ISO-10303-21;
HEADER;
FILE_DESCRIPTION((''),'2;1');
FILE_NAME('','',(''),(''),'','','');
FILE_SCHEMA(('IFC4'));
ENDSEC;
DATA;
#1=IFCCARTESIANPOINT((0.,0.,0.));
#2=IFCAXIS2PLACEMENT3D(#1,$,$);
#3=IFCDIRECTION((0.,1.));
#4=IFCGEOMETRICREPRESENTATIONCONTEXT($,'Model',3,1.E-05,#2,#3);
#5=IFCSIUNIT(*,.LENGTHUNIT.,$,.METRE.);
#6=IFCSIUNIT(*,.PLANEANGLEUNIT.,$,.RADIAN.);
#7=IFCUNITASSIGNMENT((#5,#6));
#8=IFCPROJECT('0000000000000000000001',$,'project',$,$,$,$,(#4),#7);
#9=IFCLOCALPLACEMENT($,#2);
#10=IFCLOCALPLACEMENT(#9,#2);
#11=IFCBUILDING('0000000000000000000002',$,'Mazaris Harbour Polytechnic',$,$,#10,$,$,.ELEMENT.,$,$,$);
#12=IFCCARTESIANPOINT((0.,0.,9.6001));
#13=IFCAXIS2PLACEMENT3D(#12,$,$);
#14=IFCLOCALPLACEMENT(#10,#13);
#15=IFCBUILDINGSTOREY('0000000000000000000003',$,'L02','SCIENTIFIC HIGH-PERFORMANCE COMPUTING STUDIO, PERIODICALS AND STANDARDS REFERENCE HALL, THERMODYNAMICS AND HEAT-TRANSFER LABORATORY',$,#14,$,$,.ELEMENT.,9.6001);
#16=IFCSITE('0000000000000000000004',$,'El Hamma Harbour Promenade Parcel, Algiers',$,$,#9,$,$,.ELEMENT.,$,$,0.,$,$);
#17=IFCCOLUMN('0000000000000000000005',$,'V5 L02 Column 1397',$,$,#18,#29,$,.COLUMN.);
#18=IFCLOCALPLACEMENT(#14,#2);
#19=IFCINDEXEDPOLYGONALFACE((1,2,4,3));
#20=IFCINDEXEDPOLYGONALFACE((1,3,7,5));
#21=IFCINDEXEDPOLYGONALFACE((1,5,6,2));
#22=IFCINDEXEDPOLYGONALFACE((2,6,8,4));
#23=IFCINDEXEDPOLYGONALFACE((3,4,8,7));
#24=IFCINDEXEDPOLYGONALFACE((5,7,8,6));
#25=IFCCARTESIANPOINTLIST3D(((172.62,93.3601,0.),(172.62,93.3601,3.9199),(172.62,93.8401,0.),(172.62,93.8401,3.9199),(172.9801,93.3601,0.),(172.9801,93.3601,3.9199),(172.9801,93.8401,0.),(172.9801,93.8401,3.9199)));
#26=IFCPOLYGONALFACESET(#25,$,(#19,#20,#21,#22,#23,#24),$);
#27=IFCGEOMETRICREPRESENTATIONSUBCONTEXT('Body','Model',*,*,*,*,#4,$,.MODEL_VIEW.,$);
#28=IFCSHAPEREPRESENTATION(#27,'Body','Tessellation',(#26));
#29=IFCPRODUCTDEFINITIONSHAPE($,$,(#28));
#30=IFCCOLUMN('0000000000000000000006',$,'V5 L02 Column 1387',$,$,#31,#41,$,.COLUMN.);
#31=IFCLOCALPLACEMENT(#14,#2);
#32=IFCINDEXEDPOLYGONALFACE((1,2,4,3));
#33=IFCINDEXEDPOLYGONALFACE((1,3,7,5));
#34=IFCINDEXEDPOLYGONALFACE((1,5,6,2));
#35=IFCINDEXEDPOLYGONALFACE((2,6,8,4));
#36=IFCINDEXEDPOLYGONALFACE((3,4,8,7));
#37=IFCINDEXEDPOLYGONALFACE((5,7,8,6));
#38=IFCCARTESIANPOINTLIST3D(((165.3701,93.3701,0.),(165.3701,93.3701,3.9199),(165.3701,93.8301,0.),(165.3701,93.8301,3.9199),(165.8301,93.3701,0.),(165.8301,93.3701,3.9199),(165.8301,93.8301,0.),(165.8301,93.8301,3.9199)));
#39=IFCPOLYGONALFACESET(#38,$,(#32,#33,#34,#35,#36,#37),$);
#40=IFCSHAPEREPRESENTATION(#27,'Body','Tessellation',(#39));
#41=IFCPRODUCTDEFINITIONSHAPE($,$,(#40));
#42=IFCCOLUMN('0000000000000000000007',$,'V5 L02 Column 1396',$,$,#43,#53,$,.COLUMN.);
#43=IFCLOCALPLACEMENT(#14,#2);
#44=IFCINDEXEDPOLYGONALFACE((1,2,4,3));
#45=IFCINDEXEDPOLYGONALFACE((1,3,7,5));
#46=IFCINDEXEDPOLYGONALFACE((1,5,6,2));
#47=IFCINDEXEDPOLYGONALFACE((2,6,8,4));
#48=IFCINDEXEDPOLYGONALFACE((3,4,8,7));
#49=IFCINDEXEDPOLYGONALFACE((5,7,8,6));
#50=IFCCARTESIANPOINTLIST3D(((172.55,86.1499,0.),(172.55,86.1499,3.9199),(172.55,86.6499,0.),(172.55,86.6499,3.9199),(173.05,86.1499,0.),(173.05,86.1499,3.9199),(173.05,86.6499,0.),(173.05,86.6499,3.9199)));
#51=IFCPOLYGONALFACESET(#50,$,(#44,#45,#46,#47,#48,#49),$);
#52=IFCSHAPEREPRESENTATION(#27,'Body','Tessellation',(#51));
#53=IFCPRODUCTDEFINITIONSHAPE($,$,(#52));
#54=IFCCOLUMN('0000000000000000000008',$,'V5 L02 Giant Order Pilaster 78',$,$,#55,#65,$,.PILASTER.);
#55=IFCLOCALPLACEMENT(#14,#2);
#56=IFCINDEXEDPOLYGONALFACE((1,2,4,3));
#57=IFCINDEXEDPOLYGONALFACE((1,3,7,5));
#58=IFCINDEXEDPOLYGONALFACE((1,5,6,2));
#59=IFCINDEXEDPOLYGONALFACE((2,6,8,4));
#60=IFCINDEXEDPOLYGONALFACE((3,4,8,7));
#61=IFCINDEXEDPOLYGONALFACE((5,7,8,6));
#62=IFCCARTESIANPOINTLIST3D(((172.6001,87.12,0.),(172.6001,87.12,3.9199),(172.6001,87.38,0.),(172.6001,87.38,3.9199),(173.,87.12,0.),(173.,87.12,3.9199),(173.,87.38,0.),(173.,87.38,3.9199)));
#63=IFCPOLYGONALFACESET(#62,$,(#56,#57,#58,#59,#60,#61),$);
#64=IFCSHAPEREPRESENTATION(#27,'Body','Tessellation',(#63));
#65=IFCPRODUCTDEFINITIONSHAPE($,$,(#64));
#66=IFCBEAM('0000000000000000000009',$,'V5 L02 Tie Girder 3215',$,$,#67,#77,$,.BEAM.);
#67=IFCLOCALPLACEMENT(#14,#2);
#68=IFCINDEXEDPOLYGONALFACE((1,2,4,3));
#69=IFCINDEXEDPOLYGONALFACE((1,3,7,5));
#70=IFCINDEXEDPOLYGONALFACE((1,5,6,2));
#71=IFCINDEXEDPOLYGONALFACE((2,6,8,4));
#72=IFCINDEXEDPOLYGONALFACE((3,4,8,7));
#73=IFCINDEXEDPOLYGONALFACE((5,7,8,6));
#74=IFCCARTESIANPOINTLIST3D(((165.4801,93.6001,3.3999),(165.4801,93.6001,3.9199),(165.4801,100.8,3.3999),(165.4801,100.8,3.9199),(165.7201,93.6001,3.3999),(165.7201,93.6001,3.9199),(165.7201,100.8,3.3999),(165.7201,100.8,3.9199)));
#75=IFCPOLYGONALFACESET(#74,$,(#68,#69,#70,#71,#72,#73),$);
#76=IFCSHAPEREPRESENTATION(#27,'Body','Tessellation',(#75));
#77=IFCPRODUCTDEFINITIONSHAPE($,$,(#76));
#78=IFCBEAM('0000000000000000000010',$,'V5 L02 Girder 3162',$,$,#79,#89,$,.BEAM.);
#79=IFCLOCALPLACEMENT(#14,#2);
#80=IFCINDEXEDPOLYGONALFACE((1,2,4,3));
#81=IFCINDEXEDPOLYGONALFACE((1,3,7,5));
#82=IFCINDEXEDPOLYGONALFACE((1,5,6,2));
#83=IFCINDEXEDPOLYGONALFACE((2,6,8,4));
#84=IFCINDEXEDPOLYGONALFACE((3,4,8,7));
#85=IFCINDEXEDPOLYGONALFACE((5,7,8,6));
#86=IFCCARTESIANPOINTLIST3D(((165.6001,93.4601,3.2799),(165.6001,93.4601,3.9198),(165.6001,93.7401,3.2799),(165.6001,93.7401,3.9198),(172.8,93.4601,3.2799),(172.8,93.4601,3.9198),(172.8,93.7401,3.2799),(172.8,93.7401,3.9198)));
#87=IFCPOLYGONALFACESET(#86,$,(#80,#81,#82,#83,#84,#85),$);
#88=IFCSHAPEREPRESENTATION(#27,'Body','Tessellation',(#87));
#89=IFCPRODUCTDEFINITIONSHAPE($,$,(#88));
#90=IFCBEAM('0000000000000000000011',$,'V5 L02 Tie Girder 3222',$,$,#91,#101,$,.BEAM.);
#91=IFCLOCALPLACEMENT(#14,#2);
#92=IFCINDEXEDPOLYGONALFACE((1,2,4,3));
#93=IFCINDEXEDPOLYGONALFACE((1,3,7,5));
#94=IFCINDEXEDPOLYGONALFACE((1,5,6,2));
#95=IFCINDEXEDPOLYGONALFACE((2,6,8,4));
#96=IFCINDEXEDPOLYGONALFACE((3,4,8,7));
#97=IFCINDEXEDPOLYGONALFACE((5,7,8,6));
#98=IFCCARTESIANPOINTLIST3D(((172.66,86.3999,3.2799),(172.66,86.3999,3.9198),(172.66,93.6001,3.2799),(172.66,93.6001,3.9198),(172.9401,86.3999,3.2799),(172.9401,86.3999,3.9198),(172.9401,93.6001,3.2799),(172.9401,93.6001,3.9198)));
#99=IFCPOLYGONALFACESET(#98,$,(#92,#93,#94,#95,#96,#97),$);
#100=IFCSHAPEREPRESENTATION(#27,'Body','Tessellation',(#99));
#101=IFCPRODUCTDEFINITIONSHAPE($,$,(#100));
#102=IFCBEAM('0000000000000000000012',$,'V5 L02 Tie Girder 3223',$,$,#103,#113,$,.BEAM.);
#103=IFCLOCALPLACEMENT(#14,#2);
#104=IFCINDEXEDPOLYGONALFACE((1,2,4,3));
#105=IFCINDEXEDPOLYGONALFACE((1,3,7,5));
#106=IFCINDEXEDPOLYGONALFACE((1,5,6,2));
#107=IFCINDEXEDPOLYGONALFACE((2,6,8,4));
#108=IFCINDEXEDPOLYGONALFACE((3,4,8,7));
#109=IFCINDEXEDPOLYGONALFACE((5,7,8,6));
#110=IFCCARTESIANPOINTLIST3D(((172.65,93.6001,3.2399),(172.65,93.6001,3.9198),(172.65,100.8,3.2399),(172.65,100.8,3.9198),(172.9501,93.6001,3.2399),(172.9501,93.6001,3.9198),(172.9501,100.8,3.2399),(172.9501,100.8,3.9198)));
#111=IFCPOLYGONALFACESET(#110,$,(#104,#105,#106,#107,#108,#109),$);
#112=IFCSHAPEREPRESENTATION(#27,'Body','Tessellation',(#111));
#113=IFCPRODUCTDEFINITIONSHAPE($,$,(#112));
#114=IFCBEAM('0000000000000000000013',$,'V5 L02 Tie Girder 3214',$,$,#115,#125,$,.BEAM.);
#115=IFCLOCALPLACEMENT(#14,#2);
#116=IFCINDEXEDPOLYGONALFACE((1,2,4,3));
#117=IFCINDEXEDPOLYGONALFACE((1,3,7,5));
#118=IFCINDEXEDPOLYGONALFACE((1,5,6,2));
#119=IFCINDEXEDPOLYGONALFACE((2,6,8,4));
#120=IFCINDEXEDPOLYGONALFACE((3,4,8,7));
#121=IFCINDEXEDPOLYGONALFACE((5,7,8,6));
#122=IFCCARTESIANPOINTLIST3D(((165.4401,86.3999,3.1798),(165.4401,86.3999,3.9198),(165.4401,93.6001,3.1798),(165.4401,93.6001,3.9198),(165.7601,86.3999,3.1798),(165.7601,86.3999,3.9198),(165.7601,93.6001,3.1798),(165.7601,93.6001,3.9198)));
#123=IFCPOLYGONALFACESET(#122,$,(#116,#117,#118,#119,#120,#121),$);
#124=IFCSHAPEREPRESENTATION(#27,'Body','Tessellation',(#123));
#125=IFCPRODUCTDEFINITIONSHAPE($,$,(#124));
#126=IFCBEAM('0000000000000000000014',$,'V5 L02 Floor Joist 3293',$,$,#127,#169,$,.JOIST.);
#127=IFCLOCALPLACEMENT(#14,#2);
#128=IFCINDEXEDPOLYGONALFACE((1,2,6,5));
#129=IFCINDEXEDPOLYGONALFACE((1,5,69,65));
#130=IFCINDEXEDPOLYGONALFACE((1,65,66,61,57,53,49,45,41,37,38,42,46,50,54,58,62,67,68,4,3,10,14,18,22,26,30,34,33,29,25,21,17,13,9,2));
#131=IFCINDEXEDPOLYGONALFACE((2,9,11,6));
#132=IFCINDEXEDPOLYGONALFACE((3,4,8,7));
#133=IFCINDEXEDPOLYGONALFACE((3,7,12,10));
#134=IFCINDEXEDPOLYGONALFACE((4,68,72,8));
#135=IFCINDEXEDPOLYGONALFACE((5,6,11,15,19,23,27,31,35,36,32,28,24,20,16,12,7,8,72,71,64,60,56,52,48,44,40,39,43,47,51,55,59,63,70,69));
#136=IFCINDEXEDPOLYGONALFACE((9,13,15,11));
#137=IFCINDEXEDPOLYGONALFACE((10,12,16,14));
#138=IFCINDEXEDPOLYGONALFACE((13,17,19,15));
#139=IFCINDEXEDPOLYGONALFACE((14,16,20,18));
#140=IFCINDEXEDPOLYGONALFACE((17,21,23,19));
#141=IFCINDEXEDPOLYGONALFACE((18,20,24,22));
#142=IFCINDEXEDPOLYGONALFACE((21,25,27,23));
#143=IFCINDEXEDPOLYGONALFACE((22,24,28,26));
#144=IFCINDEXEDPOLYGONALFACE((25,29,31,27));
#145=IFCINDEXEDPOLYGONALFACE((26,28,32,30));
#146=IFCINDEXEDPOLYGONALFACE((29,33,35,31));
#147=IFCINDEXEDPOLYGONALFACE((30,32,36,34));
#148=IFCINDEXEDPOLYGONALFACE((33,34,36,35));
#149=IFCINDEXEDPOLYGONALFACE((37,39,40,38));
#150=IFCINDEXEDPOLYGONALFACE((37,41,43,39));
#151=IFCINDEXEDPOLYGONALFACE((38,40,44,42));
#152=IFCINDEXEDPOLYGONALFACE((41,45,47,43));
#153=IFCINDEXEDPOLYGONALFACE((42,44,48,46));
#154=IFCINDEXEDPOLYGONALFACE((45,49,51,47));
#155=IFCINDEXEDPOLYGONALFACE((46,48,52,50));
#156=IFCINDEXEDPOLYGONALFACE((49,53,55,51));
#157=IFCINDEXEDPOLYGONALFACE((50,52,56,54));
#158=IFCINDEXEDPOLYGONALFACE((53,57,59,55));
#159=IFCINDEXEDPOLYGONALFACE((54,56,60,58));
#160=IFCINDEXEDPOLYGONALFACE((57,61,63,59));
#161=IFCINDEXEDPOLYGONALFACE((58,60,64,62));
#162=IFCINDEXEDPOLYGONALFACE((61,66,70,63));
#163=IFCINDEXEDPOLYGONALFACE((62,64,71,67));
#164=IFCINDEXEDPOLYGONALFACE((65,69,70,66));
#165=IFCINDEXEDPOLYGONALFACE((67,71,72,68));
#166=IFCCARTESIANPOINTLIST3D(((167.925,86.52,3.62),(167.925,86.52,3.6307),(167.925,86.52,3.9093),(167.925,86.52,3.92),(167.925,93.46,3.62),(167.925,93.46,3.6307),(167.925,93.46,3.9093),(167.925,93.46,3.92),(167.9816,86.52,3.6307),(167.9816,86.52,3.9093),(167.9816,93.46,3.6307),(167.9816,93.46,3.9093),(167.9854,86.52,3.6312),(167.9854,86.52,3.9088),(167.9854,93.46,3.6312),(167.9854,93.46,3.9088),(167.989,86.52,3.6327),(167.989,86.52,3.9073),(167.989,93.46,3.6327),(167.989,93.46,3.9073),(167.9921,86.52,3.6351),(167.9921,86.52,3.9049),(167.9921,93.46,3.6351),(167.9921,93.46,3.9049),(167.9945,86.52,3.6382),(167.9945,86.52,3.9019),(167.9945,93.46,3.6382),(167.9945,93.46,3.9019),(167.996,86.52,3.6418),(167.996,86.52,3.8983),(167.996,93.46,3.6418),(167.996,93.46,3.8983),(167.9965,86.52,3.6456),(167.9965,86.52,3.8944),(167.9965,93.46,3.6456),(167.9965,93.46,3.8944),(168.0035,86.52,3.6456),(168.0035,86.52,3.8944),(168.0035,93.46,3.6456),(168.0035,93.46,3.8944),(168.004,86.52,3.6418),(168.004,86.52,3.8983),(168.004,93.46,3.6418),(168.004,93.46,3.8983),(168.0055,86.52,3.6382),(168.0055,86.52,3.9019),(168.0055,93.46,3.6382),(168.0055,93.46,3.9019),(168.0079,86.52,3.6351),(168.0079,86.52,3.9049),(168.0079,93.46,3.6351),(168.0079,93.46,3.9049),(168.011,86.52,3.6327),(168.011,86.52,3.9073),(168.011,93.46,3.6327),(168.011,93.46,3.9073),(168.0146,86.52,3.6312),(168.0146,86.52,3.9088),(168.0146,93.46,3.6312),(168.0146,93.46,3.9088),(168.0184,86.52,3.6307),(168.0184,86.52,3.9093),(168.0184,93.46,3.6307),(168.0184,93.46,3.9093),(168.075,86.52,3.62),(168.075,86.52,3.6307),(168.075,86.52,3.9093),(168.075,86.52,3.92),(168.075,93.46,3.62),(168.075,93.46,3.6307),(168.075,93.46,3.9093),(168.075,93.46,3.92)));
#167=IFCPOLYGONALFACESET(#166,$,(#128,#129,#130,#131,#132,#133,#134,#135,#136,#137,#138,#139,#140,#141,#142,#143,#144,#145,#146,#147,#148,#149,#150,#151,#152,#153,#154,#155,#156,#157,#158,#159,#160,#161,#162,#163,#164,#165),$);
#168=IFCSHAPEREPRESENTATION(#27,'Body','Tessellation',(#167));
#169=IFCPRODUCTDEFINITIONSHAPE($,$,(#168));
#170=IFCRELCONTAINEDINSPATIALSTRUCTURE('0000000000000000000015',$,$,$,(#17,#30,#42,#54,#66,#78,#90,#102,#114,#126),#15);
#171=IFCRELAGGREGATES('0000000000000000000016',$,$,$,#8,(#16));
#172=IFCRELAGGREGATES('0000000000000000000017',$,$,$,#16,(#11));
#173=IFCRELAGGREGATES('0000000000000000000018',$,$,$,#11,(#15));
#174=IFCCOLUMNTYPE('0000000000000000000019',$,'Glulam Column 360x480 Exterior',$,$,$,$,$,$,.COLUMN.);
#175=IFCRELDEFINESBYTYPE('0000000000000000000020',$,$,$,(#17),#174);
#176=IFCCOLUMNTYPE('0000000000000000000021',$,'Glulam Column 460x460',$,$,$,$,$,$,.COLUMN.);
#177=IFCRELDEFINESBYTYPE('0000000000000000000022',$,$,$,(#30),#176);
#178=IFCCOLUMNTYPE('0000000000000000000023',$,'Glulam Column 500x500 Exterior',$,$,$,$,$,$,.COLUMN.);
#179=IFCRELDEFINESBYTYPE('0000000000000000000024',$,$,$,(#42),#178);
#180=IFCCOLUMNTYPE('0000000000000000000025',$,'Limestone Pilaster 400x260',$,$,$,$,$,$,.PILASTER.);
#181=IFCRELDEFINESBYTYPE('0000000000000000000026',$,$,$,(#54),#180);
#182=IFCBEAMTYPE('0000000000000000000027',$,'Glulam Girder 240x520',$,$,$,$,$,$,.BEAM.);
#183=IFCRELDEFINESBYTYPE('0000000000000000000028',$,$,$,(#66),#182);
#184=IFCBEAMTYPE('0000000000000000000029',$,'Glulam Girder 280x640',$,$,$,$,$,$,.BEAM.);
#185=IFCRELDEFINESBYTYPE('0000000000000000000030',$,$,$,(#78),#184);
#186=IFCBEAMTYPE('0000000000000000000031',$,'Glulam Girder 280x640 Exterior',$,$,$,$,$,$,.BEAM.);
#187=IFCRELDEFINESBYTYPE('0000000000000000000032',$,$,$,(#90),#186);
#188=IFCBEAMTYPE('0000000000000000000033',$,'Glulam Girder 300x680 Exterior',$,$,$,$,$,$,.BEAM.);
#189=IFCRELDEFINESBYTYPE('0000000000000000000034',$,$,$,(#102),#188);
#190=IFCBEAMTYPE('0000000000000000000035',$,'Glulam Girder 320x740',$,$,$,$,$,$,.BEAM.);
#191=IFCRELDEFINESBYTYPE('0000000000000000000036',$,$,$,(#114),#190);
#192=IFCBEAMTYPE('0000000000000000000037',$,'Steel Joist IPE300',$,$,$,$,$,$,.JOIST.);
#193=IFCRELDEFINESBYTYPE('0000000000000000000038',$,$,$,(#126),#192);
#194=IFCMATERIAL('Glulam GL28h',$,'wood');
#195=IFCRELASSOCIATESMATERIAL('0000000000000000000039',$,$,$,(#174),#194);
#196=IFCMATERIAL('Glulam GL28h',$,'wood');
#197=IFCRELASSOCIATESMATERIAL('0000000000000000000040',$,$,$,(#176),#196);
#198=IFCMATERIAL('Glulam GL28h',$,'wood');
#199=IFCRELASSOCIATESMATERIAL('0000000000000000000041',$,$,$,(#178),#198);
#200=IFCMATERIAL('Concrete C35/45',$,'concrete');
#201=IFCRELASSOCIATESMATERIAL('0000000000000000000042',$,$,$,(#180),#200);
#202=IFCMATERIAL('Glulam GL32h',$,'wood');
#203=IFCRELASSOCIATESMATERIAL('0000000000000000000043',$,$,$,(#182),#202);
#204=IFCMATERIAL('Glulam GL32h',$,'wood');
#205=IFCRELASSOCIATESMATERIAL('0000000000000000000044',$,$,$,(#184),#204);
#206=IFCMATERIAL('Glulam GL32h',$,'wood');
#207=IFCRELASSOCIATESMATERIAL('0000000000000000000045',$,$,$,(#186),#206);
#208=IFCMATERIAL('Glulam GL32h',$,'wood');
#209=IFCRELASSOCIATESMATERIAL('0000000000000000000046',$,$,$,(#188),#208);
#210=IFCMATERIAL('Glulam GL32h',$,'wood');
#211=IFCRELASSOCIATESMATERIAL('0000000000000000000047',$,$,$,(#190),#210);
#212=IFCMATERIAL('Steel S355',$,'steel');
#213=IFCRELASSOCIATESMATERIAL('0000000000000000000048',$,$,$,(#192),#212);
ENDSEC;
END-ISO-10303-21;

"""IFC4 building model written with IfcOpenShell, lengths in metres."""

from ifc_helpers import new_model, si_unit, direction, frame, origin, origin_2d, place, context, subcontext, project, spatial, rectangle, i_section, extrude, material, material_profile, profile_set, type_object, element, save


model = new_model("IFC4")

# Units and contexts
model_context = context("Model", 3, precision=1e-05, world=origin(), true_north=direction((0.0, 1.0)))
body_context = subcontext(model_context, "Body", "Model", "MODEL_VIEW")
ifc_project = project(units=[si_unit("LENGTHUNIT", "METRE"), si_unit("PLANEANGLEUNIT", "RADIAN")], contexts=[model_context])

# Site, building, storey
site_placement = place(None, origin())
site = spatial("IfcSite", under=ifc_project, at=site_placement, Name="El Hamma Harbour Promenade Parcel, Algiers", CompositionType="ELEMENT", RefElevation=0.0)
building_placement = place(site_placement, origin())
building = spatial("IfcBuilding", under=site, at=building_placement, Name="Mazaris Harbour Polytechnic", CompositionType="ELEMENT")
storey_placement = place(building_placement, frame((0.0, 0.0, 9.6001)))
storey = spatial("IfcBuildingStorey", under=building, at=storey_placement, Name="L02", Description="SCIENTIFIC HIGH-PERFORMANCE COMPUTING STUDIO, PERIODICALS AND STANDARDS REFERENCE HALL, THERMODYNAMICS AND HEAT-TRANSFER LABORATORY", CompositionType="ELEMENT", Elevation=9.6001)

# Columns
ifc_material_1 = material(Name="Glulam GL28h", Category="wood")
ifc_material_profile_1 = material_profile(ifc_material_1, rectangle(XDim=0.3601, YDim=0.48, at=origin_2d()), Name="RECT360x480")
ifc_profile_set_1 = profile_set([ifc_material_profile_1], Name="Glulam GL28h")
column_type_1 = type_object("IfcColumnType", Name="Glulam Column 360x480 Exterior", PredefinedType="COLUMN", material=ifc_profile_set_1)
column_1_placement = place(storey_placement, frame((172.8, 93.6001, 0.0), z_axis=(0.0, 0.0, 1.0), x_axis=(1.0, 0.0, 0.0)))
element("IfcColumn", 1, at=column_1_placement, inside=storey, type_object=column_type_1, Name="V5 L02 Column 1397", PredefinedType="COLUMN", context=body_context, shape_type="SweptSolid", body=[
    extrude(rectangle(XDim=0.3601, YDim=0.48, at=origin_2d()), origin(), (0.0, 0.0, 1.0), 3.9199),
])
ifc_material_2 = material(Name="Glulam GL28h", Category="wood")
ifc_material_profile_2 = material_profile(ifc_material_2, rectangle(XDim=0.46, YDim=0.46, at=origin_2d()), Name="RECT460x460")
ifc_profile_set_2 = profile_set([ifc_material_profile_2], Name="Glulam GL28h")
column_type_2 = type_object("IfcColumnType", Name="Glulam Column 460x460", PredefinedType="COLUMN", material=ifc_profile_set_2)
column_2_placement = place(storey_placement, frame((165.6001, 93.6001, 0.0), z_axis=(0.0, 0.0, 1.0), x_axis=(1.0, 0.0, 0.0)))
element("IfcColumn", 2, at=column_2_placement, inside=storey, type_object=column_type_2, Name="V5 L02 Column 1387", PredefinedType="COLUMN", context=body_context, shape_type="SweptSolid", body=[
    extrude(rectangle(XDim=0.46, YDim=0.46, at=origin_2d()), origin(), (0.0, 0.0, 1.0), 3.9199),
])
ifc_material_3 = material(Name="Glulam GL28h", Category="wood")
ifc_material_profile_3 = material_profile(ifc_material_3, rectangle(XDim=0.5, YDim=0.5, at=origin_2d()), Name="RECT500x500")
ifc_profile_set_3 = profile_set([ifc_material_profile_3], Name="Glulam GL28h")
column_type_3 = type_object("IfcColumnType", Name="Glulam Column 500x500 Exterior", PredefinedType="COLUMN", material=ifc_profile_set_3)
column_3_placement = place(storey_placement, frame((172.8, 86.3999, 0.0), z_axis=(0.0, 0.0, 1.0), x_axis=(1.0, 0.0, 0.0)))
element("IfcColumn", 3, at=column_3_placement, inside=storey, type_object=column_type_3, Name="V5 L02 Column 1396", PredefinedType="COLUMN", context=body_context, shape_type="SweptSolid", body=[
    extrude(rectangle(XDim=0.5, YDim=0.5, at=origin_2d()), origin(), (0.0, 0.0, 1.0), 3.9199),
])
ifc_material_4 = material(Name="Concrete C35/45", Category="concrete")
ifc_material_profile_4 = material_profile(ifc_material_4, rectangle(XDim=0.3999, YDim=0.26, at=origin_2d()), Name="RECT400x260")
ifc_profile_set_4 = profile_set([ifc_material_profile_4], Name="Concrete C35/45")
column_type_4 = type_object("IfcColumnType", Name="Limestone Pilaster 400x260", PredefinedType="PILASTER", material=ifc_profile_set_4)
column_4_placement = place(storey_placement, frame((172.8, 87.25, 0.0), z_axis=(0.0, 0.0, 1.0), x_axis=(1.0, 0.0, 0.0)))
element("IfcColumn", 4, at=column_4_placement, inside=storey, type_object=column_type_4, Name="V5 L02 Giant Order Pilaster 78", PredefinedType="PILASTER", context=body_context, shape_type="SweptSolid", body=[
    extrude(rectangle(XDim=0.3999, YDim=0.26, at=origin_2d()), origin(), (0.0, 0.0, 1.0), 3.9199),
])

# Beams
ifc_material_5 = material(Name="Glulam GL32h", Category="wood")
ifc_material_profile_5 = material_profile(ifc_material_5, rectangle(XDim=0.24, YDim=0.52, at=origin_2d()), Name="RECT240x520")
ifc_profile_set_5 = profile_set([ifc_material_profile_5], Name="Glulam GL32h")
beam_type_1 = type_object("IfcBeamType", Name="Glulam Girder 240x520", PredefinedType="BEAM", material=ifc_profile_set_5)
beam_1_placement = place(storey_placement, frame((165.6001, 93.6001, 3.6599), z_axis=(0.0, 1.0, 0.0), x_axis=(-1.0, 0.0, 0.0)))
element("IfcBeam", 5, at=beam_1_placement, inside=storey, type_object=beam_type_1, Name="V5 L02 Tie Girder 3215", PredefinedType="BEAM", context=body_context, shape_type="SweptSolid", body=[
    extrude(rectangle(XDim=0.24, YDim=0.52, at=origin_2d()), origin(), (0.0, 0.0, 1.0), 7.2),
])
ifc_material_6 = material(Name="Glulam GL32h", Category="wood")
ifc_material_profile_6 = material_profile(ifc_material_6, rectangle(XDim=0.28, YDim=0.6399, at=origin_2d()), Name="RECT280x640")
ifc_profile_set_6 = profile_set([ifc_material_profile_6], Name="Glulam GL32h")
beam_type_2 = type_object("IfcBeamType", Name="Glulam Girder 280x640", PredefinedType="BEAM", material=ifc_profile_set_6)
beam_2_placement = place(storey_placement, frame((165.6001, 93.6001, 3.5999), z_axis=(1.0, 0.0, 0.0), x_axis=(0.0, 1.0, 0.0)))
element("IfcBeam", 6, at=beam_2_placement, inside=storey, type_object=beam_type_2, Name="V5 L02 Girder 3162", PredefinedType="BEAM", context=body_context, shape_type="SweptSolid", body=[
    extrude(rectangle(XDim=0.28, YDim=0.6399, at=origin_2d()), origin(), (0.0, 0.0, 1.0), 7.2),
])
ifc_material_7 = material(Name="Glulam GL32h", Category="wood")
ifc_material_profile_7 = material_profile(ifc_material_7, rectangle(XDim=0.28, YDim=0.6399, at=origin_2d()), Name="RECT280x640")
ifc_profile_set_7 = profile_set([ifc_material_profile_7], Name="Glulam GL32h")
beam_type_3 = type_object("IfcBeamType", Name="Glulam Girder 280x640 Exterior", PredefinedType="BEAM", material=ifc_profile_set_7)
beam_3_placement = place(storey_placement, frame((172.8, 86.3999, 3.5999), z_axis=(0.0, 1.0, 0.0), x_axis=(-1.0, 0.0, 0.0)))
element("IfcBeam", 7, at=beam_3_placement, inside=storey, type_object=beam_type_3, Name="V5 L02 Tie Girder 3222", PredefinedType="BEAM", context=body_context, shape_type="SweptSolid", body=[
    extrude(rectangle(XDim=0.28, YDim=0.6399, at=origin_2d()), origin(), (0.0, 0.0, 1.0), 7.2002),
])
ifc_material_8 = material(Name="Glulam GL32h", Category="wood")
ifc_material_profile_8 = material_profile(ifc_material_8, rectangle(XDim=0.3, YDim=0.6799, at=origin_2d()), Name="RECT300x680")
ifc_profile_set_8 = profile_set([ifc_material_profile_8], Name="Glulam GL32h")
beam_type_4 = type_object("IfcBeamType", Name="Glulam Girder 300x680 Exterior", PredefinedType="BEAM", material=ifc_profile_set_8)
beam_4_placement = place(storey_placement, frame((172.8, 93.6001, 3.5798), z_axis=(0.0, 1.0, 0.0), x_axis=(-1.0, 0.0, 0.0)))
element("IfcBeam", 8, at=beam_4_placement, inside=storey, type_object=beam_type_4, Name="V5 L02 Tie Girder 3223", PredefinedType="BEAM", context=body_context, shape_type="SweptSolid", body=[
    extrude(rectangle(XDim=0.3, YDim=0.6799, at=origin_2d()), origin(), (0.0, 0.0, 1.0), 7.2),
])
ifc_material_9 = material(Name="Glulam GL32h", Category="wood")
ifc_material_profile_9 = material_profile(ifc_material_9, rectangle(XDim=0.3201, YDim=0.74, at=origin_2d()), Name="RECT320x740")
ifc_profile_set_9 = profile_set([ifc_material_profile_9], Name="Glulam GL32h")
beam_type_5 = type_object("IfcBeamType", Name="Glulam Girder 320x740", PredefinedType="BEAM", material=ifc_profile_set_9)
beam_5_placement = place(storey_placement, frame((165.6001, 86.3999, 3.5498), z_axis=(0.0, 1.0, 0.0), x_axis=(-1.0, 0.0, 0.0)))
element("IfcBeam", 9, at=beam_5_placement, inside=storey, type_object=beam_type_5, Name="V5 L02 Tie Girder 3214", PredefinedType="BEAM", context=body_context, shape_type="SweptSolid", body=[
    extrude(rectangle(XDim=0.3201, YDim=0.74, at=origin_2d()), origin(), (0.0, 0.0, 1.0), 7.2002),
])
ifc_material_10 = material(Name="Steel S355", Category="steel")
ifc_material_profile_10 = material_profile(ifc_material_10, i_section(OverallWidth=0.1499, OverallDepth=0.3, WebThickness=0.0071, FlangeThickness=0.0107, FilletRadius=0.0149, at=origin_2d()), Name="IPE 300")
ifc_profile_set_10 = profile_set([ifc_material_profile_10], Name="Steel S355")
beam_type_6 = type_object("IfcBeamType", Name="Steel Joist IPE300", PredefinedType="JOIST", material=ifc_profile_set_10)
beam_6_placement = place(storey_placement, frame((168.0, 86.52, 3.77), z_axis=(0.0, 1.0, 0.0), x_axis=(-1.0, 0.0, 0.0)))
element("IfcBeam", 10, at=beam_6_placement, inside=storey, type_object=beam_type_6, Name="V5 L02 Floor Joist 3293", PredefinedType="JOIST", context=body_context, shape_type="SweptSolid", body=[
    extrude(i_section(OverallWidth=0.1499, OverallDepth=0.3, WebThickness=0.0071, FlangeThickness=0.0107, FilletRadius=0.0149, at=origin_2d()), origin(), (0.0, 0.0, 1.0), 6.9399),
])

save(model, "model.ifc")
